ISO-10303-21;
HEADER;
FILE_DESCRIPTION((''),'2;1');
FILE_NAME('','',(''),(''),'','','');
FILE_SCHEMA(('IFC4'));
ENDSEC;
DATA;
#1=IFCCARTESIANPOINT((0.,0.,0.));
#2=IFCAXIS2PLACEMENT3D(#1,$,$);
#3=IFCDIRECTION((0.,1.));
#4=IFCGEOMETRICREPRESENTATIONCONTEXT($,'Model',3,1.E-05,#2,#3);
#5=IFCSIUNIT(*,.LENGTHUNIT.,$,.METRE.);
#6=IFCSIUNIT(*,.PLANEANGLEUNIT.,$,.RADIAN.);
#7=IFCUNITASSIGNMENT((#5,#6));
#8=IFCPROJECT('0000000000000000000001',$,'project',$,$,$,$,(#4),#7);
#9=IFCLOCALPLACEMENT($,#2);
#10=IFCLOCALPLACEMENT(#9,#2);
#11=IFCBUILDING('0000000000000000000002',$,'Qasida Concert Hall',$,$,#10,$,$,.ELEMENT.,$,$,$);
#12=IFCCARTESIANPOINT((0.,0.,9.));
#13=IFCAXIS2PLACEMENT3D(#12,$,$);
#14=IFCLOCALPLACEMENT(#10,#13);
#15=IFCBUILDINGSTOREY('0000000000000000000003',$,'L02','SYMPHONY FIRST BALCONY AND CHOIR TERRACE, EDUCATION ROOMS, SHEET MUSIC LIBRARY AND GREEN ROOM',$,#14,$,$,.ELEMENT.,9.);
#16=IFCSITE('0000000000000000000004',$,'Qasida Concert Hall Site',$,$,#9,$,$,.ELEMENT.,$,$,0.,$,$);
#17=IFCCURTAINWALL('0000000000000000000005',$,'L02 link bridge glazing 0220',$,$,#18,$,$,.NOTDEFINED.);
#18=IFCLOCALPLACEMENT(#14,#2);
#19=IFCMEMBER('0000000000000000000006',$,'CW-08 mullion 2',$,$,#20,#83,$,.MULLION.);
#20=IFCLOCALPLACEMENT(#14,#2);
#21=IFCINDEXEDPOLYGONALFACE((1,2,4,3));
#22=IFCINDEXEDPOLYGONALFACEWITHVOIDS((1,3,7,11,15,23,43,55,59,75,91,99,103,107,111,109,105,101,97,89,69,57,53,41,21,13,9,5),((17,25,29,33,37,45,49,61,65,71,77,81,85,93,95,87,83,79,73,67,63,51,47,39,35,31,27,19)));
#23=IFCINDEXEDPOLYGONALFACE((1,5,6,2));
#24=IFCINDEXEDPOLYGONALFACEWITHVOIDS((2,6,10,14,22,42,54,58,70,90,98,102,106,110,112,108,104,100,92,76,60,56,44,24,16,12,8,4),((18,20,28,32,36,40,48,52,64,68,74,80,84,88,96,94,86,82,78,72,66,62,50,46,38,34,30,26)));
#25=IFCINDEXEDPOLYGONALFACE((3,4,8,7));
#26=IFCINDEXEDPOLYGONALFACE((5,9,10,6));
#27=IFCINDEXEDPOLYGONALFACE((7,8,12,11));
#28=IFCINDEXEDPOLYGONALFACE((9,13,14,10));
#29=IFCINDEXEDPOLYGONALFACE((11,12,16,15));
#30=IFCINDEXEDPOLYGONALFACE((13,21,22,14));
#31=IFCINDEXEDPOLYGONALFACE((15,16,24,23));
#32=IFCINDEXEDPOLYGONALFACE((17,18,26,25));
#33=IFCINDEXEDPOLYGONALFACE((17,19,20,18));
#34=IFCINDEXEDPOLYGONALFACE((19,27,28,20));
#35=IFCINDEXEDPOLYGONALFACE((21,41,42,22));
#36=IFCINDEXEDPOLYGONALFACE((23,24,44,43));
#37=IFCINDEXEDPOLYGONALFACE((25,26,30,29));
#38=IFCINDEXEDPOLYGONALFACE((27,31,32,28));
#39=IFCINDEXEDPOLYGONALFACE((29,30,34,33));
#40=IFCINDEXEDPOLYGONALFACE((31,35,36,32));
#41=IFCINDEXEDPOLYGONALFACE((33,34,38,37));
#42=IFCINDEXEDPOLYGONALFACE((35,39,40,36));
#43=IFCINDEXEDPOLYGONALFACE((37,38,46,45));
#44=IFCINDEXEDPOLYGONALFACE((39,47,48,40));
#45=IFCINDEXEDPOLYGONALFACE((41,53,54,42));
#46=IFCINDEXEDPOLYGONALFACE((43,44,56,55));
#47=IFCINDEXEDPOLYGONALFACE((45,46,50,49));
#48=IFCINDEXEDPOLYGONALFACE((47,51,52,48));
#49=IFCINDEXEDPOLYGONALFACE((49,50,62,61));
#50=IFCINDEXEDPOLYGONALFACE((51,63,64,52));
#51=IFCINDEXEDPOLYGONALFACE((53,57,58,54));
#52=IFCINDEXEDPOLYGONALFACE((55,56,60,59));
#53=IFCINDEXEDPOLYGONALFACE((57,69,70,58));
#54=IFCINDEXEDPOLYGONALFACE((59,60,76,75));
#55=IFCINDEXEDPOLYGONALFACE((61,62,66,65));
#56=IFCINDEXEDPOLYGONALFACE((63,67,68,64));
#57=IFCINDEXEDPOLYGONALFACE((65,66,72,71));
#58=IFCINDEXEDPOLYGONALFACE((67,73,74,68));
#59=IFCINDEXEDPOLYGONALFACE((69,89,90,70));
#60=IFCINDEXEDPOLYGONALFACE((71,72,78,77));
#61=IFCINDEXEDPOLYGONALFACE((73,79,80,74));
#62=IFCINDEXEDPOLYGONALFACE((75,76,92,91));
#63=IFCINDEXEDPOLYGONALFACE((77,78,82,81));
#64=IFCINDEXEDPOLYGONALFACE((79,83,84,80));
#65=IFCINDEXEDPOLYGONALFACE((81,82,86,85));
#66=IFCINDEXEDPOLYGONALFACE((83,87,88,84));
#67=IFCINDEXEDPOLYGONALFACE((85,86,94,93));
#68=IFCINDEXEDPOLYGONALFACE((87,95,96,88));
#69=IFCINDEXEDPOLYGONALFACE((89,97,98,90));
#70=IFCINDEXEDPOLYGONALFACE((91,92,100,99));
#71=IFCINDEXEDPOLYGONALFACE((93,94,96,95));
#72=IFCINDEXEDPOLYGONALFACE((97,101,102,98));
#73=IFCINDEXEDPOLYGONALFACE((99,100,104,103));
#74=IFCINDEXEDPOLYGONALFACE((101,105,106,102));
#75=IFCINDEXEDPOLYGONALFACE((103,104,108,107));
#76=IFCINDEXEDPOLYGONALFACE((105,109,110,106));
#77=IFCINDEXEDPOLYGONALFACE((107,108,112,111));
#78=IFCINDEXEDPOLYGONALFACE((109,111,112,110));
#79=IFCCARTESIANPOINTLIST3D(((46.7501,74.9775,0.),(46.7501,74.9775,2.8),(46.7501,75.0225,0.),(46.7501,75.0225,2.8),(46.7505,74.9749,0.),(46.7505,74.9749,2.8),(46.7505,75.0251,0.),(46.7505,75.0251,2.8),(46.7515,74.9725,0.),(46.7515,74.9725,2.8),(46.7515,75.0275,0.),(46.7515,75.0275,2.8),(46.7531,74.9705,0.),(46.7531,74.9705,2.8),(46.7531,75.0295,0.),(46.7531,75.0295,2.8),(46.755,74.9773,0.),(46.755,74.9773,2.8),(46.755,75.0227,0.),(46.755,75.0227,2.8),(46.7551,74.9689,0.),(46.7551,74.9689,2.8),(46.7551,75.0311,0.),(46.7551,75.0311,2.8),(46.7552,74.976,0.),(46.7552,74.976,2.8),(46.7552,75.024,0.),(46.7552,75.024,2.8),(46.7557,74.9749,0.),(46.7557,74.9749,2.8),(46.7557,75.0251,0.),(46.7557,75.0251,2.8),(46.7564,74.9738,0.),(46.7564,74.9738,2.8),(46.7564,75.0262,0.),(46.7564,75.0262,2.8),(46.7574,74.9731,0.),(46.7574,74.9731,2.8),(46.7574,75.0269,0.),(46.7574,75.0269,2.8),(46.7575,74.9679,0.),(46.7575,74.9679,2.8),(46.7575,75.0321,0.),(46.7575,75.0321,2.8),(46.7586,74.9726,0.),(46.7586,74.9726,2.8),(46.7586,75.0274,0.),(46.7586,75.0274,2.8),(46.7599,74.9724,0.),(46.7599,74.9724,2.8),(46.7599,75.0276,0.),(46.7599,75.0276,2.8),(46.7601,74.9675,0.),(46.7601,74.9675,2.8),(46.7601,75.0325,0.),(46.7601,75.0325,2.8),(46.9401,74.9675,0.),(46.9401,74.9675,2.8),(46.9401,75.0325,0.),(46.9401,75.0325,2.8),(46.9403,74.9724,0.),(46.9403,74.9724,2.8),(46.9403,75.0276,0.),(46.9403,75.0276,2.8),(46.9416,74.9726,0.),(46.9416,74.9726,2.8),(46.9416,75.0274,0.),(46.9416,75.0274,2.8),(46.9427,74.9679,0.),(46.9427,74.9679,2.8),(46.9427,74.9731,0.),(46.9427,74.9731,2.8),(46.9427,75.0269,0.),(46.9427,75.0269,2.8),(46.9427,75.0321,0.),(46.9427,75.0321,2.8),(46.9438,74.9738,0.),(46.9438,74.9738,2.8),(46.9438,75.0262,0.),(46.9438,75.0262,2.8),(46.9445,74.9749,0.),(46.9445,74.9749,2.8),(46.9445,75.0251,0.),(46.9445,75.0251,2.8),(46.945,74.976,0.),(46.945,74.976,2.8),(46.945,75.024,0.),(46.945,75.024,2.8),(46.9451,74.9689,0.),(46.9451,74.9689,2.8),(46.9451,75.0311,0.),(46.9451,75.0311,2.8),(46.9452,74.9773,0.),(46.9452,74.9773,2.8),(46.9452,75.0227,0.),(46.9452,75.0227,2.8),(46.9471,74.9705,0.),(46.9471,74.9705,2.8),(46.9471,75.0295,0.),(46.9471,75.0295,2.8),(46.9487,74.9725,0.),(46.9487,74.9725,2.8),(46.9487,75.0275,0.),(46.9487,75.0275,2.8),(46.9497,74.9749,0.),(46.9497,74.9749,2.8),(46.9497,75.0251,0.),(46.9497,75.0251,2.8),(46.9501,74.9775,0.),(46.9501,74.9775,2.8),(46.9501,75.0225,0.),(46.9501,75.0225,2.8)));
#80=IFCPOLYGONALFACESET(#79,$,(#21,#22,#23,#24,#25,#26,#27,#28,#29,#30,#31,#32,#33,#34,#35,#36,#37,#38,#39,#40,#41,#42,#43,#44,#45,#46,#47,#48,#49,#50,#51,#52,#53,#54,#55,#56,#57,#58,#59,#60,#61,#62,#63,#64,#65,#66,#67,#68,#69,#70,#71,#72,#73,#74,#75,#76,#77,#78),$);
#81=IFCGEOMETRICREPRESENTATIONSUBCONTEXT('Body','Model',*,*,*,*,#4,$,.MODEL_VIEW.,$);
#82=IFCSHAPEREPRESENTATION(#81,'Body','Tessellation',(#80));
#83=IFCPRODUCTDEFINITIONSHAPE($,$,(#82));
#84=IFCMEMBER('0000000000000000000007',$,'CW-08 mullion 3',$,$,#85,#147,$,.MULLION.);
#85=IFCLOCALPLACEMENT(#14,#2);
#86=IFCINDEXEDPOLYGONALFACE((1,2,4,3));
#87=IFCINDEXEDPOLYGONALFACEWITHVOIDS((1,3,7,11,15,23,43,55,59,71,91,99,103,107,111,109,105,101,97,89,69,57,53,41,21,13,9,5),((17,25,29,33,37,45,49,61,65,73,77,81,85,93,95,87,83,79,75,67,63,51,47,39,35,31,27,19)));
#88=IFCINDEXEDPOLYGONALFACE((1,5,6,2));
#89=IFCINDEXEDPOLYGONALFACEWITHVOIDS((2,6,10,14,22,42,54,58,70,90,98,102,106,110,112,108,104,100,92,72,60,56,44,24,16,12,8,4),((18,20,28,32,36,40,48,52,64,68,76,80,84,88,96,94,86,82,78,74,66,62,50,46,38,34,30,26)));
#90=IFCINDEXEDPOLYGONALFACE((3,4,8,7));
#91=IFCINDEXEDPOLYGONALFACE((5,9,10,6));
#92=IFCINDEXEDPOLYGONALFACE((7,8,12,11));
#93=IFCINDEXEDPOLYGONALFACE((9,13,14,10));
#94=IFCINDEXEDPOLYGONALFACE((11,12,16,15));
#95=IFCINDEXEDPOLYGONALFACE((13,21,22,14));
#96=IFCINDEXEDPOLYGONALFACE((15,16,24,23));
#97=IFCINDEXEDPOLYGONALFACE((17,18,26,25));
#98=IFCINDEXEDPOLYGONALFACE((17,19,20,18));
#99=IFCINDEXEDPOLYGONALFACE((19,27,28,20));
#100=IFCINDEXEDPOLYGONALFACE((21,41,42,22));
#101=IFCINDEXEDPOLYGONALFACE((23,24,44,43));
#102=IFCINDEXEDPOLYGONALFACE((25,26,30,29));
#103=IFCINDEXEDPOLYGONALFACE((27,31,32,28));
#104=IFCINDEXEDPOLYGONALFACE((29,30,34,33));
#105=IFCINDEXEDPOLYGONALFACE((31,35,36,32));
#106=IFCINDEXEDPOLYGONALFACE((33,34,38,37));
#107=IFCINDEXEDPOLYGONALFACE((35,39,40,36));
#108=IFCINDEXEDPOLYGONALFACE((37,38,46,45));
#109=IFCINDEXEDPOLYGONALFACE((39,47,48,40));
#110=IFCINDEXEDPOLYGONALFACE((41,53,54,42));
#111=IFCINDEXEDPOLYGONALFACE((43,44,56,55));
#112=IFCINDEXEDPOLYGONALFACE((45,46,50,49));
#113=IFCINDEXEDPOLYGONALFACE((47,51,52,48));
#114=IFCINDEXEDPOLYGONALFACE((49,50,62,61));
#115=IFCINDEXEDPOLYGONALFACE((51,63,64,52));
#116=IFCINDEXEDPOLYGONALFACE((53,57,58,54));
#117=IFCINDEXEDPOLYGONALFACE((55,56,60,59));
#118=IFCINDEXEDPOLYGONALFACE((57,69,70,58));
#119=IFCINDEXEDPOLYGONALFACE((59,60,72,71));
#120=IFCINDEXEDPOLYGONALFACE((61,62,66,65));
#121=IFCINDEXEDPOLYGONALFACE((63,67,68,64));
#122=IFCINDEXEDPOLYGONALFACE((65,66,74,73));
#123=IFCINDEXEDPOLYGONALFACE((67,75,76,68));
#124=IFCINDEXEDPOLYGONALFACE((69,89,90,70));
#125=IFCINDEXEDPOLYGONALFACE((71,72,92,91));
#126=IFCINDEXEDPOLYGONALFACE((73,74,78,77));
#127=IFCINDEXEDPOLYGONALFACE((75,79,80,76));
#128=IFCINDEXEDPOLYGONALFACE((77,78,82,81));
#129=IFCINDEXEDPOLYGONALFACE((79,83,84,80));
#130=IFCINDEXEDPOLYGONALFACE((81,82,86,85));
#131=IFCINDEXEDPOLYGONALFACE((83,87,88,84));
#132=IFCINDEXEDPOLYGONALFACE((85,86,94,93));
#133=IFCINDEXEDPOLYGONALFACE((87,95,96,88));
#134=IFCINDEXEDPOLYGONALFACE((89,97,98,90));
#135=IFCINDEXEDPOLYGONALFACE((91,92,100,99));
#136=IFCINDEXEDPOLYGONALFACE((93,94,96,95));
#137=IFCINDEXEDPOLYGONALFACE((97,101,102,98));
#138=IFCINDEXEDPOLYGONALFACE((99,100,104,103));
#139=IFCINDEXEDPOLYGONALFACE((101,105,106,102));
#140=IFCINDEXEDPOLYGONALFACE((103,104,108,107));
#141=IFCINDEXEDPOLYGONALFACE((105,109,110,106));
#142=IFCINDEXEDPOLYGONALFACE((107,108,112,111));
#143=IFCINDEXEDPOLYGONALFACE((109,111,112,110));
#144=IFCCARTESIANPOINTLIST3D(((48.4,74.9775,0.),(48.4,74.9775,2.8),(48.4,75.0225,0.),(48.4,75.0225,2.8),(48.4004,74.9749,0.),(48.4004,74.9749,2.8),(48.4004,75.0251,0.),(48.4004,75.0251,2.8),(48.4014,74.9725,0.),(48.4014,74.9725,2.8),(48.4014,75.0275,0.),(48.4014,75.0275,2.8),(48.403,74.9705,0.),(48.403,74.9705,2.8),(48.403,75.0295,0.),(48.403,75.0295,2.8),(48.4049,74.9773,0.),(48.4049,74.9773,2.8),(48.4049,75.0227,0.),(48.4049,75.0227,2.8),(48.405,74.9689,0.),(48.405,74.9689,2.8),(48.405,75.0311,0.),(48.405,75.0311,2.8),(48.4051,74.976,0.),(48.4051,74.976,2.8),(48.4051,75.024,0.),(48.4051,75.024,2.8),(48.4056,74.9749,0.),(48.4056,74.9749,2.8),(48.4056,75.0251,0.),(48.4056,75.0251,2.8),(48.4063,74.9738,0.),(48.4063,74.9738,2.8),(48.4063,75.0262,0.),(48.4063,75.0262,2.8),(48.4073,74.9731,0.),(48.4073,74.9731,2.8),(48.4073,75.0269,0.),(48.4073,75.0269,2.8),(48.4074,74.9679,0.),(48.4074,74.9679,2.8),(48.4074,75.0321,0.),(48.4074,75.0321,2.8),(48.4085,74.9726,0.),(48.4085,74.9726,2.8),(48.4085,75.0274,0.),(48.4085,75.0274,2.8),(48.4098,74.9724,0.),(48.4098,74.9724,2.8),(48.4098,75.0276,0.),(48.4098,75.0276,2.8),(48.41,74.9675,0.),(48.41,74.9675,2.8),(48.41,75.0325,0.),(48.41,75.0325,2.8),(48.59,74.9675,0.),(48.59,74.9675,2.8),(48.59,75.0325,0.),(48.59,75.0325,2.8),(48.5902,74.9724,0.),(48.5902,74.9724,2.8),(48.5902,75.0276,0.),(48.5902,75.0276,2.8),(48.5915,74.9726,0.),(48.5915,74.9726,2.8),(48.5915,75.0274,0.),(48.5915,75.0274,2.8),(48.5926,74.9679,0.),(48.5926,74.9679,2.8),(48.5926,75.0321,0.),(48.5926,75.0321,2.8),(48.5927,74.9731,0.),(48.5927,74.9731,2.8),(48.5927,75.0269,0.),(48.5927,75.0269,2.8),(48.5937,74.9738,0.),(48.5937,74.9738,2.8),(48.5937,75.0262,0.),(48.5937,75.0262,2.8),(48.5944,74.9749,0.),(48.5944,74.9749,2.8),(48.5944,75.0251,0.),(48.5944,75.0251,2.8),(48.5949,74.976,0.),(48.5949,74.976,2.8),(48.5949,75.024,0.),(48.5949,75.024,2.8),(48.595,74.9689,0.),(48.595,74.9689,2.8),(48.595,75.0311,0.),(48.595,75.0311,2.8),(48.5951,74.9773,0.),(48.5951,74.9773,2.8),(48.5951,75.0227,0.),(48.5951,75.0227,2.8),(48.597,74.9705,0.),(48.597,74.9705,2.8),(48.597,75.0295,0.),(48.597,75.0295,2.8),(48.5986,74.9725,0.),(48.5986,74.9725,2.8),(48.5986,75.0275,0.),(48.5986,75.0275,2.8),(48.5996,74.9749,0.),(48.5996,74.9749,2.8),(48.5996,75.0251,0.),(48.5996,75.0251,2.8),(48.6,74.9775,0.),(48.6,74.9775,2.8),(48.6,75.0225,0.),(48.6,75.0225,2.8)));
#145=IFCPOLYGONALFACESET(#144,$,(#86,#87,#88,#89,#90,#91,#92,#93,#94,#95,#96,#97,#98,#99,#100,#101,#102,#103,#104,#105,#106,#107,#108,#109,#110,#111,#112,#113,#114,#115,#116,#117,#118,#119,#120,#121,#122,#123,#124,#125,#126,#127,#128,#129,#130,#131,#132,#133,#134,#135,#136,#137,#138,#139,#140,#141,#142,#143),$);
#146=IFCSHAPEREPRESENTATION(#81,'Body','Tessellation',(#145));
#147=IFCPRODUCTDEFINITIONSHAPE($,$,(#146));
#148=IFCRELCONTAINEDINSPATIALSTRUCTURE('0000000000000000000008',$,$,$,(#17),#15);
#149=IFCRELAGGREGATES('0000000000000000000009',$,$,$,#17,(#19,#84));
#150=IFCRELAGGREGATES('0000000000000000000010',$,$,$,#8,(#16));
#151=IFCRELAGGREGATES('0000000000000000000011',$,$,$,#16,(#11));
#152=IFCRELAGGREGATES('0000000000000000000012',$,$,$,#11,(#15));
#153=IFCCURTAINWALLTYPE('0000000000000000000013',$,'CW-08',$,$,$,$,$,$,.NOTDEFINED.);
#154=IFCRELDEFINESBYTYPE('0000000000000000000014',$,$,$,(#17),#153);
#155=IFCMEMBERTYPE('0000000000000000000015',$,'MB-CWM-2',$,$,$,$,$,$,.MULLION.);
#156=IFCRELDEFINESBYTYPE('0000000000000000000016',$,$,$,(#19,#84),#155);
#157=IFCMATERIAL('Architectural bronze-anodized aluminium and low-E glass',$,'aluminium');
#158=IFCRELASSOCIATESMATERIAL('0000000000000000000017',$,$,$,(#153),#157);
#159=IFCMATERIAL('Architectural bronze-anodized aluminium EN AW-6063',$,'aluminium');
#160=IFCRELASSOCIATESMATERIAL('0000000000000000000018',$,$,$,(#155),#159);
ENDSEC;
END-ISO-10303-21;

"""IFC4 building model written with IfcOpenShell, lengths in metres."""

from ifc_helpers import new_model, si_unit, direction, frame, origin, origin_2d, place, context, subcontext, project, spatial, hollow_rectangle, extrude, material, material_profile, profile_set, type_object, element, aggregate, save


model = new_model("IFC4")

# Units and contexts
model_context = context("Model", 3, precision=1e-05, world=origin(), true_north=direction((0.0, 1.0)))
body_context = subcontext(model_context, "Body", "Model", "MODEL_VIEW")
ifc_project = project(units=[si_unit("LENGTHUNIT", "METRE"), si_unit("PLANEANGLEUNIT", "RADIAN")], contexts=[model_context])

# Site, building, storey
site_placement = place(None, origin())
site = spatial("IfcSite", under=ifc_project, at=site_placement, Name="Qasida Concert Hall Site", CompositionType="ELEMENT", RefElevation=0.0)
building_placement = place(site_placement, origin())
building = spatial("IfcBuilding", under=site, at=building_placement, Name="Qasida Concert Hall", CompositionType="ELEMENT")
storey_placement = place(building_placement, frame((0.0, 0.0, 9.0)))
storey = spatial("IfcBuildingStorey", under=building, at=storey_placement, Name="L02", Description="SYMPHONY FIRST BALCONY AND CHOIR TERRACE, EDUCATION ROOMS, SHEET MUSIC LIBRARY AND GREEN ROOM", CompositionType="ELEMENT", Elevation=9.0)

# Shared definitions
ifc_material_1 = material(Name="Architectural bronze-anodized aluminium and low-E glass", Category="aluminium")
curtain_wall_type = type_object("IfcCurtainWallType", Name="CW-08", PredefinedType="NOTDEFINED", material=ifc_material_1)
ifc_material_2 = material(Name="Architectural bronze-anodized aluminium EN AW-6063", Category="aluminium")
ifc_material_profile_1 = material_profile(ifc_material_2, hollow_rectangle(XDim=0.0649, YDim=0.2, WallThickness=0.0049, InnerFilletRadius=0.0049, OuterFilletRadius=0.01, at=origin_2d()), Name="CWM 200x65x5")
ifc_profile_set_1 = profile_set([ifc_material_profile_1], Name="Architectural bronze-anodized aluminium EN AW-6063")
member_type_1 = type_object("IfcMemberType", Name="MB-CWM-2", PredefinedType="MULLION", material=ifc_profile_set_1)

# Curtain wall, members
curtain_wall_1_placement = place(storey_placement, origin())
curtain_wall_1 = element("IfcCurtainWall", 1, at=curtain_wall_1_placement, inside=storey, type_object=curtain_wall_type, Name="L02 link bridge glazing 0220", PredefinedType="NOTDEFINED")
member_1_placement = place(storey_placement, frame((46.8501, 75.0, 0.0), z_axis=(0.0, 0.0, 1.0), x_axis=(0.0, 1.0, 0.0)))
member_1 = element("IfcMember", 2, at=member_1_placement, type_object=member_type_1, Name="CW-08 mullion 2", PredefinedType="MULLION", context=body_context, shape_type="SweptSolid", body=[
    extrude(hollow_rectangle(XDim=0.0649, YDim=0.2, WallThickness=0.0049, InnerFilletRadius=0.0049, OuterFilletRadius=0.01, at=origin_2d()), origin(), (0.0, 0.0, 1.0), 2.8),
])
member_2_placement = place(storey_placement, frame((48.5, 75.0, 0.0), z_axis=(0.0, 0.0, 1.0), x_axis=(0.0, 1.0, 0.0)))
member_2 = element("IfcMember", 3, at=member_2_placement, type_object=member_type_1, Name="CW-08 mullion 3", PredefinedType="MULLION", context=body_context, shape_type="SweptSolid", body=[
    extrude(hollow_rectangle(XDim=0.0649, YDim=0.2, WallThickness=0.0049, InnerFilletRadius=0.0049, OuterFilletRadius=0.01, at=origin_2d()), origin(), (0.0, 0.0, 1.0), 2.8),
])

aggregate(curtain_wall_1, [member_1, member_2])

save(model, "model.ifc")
